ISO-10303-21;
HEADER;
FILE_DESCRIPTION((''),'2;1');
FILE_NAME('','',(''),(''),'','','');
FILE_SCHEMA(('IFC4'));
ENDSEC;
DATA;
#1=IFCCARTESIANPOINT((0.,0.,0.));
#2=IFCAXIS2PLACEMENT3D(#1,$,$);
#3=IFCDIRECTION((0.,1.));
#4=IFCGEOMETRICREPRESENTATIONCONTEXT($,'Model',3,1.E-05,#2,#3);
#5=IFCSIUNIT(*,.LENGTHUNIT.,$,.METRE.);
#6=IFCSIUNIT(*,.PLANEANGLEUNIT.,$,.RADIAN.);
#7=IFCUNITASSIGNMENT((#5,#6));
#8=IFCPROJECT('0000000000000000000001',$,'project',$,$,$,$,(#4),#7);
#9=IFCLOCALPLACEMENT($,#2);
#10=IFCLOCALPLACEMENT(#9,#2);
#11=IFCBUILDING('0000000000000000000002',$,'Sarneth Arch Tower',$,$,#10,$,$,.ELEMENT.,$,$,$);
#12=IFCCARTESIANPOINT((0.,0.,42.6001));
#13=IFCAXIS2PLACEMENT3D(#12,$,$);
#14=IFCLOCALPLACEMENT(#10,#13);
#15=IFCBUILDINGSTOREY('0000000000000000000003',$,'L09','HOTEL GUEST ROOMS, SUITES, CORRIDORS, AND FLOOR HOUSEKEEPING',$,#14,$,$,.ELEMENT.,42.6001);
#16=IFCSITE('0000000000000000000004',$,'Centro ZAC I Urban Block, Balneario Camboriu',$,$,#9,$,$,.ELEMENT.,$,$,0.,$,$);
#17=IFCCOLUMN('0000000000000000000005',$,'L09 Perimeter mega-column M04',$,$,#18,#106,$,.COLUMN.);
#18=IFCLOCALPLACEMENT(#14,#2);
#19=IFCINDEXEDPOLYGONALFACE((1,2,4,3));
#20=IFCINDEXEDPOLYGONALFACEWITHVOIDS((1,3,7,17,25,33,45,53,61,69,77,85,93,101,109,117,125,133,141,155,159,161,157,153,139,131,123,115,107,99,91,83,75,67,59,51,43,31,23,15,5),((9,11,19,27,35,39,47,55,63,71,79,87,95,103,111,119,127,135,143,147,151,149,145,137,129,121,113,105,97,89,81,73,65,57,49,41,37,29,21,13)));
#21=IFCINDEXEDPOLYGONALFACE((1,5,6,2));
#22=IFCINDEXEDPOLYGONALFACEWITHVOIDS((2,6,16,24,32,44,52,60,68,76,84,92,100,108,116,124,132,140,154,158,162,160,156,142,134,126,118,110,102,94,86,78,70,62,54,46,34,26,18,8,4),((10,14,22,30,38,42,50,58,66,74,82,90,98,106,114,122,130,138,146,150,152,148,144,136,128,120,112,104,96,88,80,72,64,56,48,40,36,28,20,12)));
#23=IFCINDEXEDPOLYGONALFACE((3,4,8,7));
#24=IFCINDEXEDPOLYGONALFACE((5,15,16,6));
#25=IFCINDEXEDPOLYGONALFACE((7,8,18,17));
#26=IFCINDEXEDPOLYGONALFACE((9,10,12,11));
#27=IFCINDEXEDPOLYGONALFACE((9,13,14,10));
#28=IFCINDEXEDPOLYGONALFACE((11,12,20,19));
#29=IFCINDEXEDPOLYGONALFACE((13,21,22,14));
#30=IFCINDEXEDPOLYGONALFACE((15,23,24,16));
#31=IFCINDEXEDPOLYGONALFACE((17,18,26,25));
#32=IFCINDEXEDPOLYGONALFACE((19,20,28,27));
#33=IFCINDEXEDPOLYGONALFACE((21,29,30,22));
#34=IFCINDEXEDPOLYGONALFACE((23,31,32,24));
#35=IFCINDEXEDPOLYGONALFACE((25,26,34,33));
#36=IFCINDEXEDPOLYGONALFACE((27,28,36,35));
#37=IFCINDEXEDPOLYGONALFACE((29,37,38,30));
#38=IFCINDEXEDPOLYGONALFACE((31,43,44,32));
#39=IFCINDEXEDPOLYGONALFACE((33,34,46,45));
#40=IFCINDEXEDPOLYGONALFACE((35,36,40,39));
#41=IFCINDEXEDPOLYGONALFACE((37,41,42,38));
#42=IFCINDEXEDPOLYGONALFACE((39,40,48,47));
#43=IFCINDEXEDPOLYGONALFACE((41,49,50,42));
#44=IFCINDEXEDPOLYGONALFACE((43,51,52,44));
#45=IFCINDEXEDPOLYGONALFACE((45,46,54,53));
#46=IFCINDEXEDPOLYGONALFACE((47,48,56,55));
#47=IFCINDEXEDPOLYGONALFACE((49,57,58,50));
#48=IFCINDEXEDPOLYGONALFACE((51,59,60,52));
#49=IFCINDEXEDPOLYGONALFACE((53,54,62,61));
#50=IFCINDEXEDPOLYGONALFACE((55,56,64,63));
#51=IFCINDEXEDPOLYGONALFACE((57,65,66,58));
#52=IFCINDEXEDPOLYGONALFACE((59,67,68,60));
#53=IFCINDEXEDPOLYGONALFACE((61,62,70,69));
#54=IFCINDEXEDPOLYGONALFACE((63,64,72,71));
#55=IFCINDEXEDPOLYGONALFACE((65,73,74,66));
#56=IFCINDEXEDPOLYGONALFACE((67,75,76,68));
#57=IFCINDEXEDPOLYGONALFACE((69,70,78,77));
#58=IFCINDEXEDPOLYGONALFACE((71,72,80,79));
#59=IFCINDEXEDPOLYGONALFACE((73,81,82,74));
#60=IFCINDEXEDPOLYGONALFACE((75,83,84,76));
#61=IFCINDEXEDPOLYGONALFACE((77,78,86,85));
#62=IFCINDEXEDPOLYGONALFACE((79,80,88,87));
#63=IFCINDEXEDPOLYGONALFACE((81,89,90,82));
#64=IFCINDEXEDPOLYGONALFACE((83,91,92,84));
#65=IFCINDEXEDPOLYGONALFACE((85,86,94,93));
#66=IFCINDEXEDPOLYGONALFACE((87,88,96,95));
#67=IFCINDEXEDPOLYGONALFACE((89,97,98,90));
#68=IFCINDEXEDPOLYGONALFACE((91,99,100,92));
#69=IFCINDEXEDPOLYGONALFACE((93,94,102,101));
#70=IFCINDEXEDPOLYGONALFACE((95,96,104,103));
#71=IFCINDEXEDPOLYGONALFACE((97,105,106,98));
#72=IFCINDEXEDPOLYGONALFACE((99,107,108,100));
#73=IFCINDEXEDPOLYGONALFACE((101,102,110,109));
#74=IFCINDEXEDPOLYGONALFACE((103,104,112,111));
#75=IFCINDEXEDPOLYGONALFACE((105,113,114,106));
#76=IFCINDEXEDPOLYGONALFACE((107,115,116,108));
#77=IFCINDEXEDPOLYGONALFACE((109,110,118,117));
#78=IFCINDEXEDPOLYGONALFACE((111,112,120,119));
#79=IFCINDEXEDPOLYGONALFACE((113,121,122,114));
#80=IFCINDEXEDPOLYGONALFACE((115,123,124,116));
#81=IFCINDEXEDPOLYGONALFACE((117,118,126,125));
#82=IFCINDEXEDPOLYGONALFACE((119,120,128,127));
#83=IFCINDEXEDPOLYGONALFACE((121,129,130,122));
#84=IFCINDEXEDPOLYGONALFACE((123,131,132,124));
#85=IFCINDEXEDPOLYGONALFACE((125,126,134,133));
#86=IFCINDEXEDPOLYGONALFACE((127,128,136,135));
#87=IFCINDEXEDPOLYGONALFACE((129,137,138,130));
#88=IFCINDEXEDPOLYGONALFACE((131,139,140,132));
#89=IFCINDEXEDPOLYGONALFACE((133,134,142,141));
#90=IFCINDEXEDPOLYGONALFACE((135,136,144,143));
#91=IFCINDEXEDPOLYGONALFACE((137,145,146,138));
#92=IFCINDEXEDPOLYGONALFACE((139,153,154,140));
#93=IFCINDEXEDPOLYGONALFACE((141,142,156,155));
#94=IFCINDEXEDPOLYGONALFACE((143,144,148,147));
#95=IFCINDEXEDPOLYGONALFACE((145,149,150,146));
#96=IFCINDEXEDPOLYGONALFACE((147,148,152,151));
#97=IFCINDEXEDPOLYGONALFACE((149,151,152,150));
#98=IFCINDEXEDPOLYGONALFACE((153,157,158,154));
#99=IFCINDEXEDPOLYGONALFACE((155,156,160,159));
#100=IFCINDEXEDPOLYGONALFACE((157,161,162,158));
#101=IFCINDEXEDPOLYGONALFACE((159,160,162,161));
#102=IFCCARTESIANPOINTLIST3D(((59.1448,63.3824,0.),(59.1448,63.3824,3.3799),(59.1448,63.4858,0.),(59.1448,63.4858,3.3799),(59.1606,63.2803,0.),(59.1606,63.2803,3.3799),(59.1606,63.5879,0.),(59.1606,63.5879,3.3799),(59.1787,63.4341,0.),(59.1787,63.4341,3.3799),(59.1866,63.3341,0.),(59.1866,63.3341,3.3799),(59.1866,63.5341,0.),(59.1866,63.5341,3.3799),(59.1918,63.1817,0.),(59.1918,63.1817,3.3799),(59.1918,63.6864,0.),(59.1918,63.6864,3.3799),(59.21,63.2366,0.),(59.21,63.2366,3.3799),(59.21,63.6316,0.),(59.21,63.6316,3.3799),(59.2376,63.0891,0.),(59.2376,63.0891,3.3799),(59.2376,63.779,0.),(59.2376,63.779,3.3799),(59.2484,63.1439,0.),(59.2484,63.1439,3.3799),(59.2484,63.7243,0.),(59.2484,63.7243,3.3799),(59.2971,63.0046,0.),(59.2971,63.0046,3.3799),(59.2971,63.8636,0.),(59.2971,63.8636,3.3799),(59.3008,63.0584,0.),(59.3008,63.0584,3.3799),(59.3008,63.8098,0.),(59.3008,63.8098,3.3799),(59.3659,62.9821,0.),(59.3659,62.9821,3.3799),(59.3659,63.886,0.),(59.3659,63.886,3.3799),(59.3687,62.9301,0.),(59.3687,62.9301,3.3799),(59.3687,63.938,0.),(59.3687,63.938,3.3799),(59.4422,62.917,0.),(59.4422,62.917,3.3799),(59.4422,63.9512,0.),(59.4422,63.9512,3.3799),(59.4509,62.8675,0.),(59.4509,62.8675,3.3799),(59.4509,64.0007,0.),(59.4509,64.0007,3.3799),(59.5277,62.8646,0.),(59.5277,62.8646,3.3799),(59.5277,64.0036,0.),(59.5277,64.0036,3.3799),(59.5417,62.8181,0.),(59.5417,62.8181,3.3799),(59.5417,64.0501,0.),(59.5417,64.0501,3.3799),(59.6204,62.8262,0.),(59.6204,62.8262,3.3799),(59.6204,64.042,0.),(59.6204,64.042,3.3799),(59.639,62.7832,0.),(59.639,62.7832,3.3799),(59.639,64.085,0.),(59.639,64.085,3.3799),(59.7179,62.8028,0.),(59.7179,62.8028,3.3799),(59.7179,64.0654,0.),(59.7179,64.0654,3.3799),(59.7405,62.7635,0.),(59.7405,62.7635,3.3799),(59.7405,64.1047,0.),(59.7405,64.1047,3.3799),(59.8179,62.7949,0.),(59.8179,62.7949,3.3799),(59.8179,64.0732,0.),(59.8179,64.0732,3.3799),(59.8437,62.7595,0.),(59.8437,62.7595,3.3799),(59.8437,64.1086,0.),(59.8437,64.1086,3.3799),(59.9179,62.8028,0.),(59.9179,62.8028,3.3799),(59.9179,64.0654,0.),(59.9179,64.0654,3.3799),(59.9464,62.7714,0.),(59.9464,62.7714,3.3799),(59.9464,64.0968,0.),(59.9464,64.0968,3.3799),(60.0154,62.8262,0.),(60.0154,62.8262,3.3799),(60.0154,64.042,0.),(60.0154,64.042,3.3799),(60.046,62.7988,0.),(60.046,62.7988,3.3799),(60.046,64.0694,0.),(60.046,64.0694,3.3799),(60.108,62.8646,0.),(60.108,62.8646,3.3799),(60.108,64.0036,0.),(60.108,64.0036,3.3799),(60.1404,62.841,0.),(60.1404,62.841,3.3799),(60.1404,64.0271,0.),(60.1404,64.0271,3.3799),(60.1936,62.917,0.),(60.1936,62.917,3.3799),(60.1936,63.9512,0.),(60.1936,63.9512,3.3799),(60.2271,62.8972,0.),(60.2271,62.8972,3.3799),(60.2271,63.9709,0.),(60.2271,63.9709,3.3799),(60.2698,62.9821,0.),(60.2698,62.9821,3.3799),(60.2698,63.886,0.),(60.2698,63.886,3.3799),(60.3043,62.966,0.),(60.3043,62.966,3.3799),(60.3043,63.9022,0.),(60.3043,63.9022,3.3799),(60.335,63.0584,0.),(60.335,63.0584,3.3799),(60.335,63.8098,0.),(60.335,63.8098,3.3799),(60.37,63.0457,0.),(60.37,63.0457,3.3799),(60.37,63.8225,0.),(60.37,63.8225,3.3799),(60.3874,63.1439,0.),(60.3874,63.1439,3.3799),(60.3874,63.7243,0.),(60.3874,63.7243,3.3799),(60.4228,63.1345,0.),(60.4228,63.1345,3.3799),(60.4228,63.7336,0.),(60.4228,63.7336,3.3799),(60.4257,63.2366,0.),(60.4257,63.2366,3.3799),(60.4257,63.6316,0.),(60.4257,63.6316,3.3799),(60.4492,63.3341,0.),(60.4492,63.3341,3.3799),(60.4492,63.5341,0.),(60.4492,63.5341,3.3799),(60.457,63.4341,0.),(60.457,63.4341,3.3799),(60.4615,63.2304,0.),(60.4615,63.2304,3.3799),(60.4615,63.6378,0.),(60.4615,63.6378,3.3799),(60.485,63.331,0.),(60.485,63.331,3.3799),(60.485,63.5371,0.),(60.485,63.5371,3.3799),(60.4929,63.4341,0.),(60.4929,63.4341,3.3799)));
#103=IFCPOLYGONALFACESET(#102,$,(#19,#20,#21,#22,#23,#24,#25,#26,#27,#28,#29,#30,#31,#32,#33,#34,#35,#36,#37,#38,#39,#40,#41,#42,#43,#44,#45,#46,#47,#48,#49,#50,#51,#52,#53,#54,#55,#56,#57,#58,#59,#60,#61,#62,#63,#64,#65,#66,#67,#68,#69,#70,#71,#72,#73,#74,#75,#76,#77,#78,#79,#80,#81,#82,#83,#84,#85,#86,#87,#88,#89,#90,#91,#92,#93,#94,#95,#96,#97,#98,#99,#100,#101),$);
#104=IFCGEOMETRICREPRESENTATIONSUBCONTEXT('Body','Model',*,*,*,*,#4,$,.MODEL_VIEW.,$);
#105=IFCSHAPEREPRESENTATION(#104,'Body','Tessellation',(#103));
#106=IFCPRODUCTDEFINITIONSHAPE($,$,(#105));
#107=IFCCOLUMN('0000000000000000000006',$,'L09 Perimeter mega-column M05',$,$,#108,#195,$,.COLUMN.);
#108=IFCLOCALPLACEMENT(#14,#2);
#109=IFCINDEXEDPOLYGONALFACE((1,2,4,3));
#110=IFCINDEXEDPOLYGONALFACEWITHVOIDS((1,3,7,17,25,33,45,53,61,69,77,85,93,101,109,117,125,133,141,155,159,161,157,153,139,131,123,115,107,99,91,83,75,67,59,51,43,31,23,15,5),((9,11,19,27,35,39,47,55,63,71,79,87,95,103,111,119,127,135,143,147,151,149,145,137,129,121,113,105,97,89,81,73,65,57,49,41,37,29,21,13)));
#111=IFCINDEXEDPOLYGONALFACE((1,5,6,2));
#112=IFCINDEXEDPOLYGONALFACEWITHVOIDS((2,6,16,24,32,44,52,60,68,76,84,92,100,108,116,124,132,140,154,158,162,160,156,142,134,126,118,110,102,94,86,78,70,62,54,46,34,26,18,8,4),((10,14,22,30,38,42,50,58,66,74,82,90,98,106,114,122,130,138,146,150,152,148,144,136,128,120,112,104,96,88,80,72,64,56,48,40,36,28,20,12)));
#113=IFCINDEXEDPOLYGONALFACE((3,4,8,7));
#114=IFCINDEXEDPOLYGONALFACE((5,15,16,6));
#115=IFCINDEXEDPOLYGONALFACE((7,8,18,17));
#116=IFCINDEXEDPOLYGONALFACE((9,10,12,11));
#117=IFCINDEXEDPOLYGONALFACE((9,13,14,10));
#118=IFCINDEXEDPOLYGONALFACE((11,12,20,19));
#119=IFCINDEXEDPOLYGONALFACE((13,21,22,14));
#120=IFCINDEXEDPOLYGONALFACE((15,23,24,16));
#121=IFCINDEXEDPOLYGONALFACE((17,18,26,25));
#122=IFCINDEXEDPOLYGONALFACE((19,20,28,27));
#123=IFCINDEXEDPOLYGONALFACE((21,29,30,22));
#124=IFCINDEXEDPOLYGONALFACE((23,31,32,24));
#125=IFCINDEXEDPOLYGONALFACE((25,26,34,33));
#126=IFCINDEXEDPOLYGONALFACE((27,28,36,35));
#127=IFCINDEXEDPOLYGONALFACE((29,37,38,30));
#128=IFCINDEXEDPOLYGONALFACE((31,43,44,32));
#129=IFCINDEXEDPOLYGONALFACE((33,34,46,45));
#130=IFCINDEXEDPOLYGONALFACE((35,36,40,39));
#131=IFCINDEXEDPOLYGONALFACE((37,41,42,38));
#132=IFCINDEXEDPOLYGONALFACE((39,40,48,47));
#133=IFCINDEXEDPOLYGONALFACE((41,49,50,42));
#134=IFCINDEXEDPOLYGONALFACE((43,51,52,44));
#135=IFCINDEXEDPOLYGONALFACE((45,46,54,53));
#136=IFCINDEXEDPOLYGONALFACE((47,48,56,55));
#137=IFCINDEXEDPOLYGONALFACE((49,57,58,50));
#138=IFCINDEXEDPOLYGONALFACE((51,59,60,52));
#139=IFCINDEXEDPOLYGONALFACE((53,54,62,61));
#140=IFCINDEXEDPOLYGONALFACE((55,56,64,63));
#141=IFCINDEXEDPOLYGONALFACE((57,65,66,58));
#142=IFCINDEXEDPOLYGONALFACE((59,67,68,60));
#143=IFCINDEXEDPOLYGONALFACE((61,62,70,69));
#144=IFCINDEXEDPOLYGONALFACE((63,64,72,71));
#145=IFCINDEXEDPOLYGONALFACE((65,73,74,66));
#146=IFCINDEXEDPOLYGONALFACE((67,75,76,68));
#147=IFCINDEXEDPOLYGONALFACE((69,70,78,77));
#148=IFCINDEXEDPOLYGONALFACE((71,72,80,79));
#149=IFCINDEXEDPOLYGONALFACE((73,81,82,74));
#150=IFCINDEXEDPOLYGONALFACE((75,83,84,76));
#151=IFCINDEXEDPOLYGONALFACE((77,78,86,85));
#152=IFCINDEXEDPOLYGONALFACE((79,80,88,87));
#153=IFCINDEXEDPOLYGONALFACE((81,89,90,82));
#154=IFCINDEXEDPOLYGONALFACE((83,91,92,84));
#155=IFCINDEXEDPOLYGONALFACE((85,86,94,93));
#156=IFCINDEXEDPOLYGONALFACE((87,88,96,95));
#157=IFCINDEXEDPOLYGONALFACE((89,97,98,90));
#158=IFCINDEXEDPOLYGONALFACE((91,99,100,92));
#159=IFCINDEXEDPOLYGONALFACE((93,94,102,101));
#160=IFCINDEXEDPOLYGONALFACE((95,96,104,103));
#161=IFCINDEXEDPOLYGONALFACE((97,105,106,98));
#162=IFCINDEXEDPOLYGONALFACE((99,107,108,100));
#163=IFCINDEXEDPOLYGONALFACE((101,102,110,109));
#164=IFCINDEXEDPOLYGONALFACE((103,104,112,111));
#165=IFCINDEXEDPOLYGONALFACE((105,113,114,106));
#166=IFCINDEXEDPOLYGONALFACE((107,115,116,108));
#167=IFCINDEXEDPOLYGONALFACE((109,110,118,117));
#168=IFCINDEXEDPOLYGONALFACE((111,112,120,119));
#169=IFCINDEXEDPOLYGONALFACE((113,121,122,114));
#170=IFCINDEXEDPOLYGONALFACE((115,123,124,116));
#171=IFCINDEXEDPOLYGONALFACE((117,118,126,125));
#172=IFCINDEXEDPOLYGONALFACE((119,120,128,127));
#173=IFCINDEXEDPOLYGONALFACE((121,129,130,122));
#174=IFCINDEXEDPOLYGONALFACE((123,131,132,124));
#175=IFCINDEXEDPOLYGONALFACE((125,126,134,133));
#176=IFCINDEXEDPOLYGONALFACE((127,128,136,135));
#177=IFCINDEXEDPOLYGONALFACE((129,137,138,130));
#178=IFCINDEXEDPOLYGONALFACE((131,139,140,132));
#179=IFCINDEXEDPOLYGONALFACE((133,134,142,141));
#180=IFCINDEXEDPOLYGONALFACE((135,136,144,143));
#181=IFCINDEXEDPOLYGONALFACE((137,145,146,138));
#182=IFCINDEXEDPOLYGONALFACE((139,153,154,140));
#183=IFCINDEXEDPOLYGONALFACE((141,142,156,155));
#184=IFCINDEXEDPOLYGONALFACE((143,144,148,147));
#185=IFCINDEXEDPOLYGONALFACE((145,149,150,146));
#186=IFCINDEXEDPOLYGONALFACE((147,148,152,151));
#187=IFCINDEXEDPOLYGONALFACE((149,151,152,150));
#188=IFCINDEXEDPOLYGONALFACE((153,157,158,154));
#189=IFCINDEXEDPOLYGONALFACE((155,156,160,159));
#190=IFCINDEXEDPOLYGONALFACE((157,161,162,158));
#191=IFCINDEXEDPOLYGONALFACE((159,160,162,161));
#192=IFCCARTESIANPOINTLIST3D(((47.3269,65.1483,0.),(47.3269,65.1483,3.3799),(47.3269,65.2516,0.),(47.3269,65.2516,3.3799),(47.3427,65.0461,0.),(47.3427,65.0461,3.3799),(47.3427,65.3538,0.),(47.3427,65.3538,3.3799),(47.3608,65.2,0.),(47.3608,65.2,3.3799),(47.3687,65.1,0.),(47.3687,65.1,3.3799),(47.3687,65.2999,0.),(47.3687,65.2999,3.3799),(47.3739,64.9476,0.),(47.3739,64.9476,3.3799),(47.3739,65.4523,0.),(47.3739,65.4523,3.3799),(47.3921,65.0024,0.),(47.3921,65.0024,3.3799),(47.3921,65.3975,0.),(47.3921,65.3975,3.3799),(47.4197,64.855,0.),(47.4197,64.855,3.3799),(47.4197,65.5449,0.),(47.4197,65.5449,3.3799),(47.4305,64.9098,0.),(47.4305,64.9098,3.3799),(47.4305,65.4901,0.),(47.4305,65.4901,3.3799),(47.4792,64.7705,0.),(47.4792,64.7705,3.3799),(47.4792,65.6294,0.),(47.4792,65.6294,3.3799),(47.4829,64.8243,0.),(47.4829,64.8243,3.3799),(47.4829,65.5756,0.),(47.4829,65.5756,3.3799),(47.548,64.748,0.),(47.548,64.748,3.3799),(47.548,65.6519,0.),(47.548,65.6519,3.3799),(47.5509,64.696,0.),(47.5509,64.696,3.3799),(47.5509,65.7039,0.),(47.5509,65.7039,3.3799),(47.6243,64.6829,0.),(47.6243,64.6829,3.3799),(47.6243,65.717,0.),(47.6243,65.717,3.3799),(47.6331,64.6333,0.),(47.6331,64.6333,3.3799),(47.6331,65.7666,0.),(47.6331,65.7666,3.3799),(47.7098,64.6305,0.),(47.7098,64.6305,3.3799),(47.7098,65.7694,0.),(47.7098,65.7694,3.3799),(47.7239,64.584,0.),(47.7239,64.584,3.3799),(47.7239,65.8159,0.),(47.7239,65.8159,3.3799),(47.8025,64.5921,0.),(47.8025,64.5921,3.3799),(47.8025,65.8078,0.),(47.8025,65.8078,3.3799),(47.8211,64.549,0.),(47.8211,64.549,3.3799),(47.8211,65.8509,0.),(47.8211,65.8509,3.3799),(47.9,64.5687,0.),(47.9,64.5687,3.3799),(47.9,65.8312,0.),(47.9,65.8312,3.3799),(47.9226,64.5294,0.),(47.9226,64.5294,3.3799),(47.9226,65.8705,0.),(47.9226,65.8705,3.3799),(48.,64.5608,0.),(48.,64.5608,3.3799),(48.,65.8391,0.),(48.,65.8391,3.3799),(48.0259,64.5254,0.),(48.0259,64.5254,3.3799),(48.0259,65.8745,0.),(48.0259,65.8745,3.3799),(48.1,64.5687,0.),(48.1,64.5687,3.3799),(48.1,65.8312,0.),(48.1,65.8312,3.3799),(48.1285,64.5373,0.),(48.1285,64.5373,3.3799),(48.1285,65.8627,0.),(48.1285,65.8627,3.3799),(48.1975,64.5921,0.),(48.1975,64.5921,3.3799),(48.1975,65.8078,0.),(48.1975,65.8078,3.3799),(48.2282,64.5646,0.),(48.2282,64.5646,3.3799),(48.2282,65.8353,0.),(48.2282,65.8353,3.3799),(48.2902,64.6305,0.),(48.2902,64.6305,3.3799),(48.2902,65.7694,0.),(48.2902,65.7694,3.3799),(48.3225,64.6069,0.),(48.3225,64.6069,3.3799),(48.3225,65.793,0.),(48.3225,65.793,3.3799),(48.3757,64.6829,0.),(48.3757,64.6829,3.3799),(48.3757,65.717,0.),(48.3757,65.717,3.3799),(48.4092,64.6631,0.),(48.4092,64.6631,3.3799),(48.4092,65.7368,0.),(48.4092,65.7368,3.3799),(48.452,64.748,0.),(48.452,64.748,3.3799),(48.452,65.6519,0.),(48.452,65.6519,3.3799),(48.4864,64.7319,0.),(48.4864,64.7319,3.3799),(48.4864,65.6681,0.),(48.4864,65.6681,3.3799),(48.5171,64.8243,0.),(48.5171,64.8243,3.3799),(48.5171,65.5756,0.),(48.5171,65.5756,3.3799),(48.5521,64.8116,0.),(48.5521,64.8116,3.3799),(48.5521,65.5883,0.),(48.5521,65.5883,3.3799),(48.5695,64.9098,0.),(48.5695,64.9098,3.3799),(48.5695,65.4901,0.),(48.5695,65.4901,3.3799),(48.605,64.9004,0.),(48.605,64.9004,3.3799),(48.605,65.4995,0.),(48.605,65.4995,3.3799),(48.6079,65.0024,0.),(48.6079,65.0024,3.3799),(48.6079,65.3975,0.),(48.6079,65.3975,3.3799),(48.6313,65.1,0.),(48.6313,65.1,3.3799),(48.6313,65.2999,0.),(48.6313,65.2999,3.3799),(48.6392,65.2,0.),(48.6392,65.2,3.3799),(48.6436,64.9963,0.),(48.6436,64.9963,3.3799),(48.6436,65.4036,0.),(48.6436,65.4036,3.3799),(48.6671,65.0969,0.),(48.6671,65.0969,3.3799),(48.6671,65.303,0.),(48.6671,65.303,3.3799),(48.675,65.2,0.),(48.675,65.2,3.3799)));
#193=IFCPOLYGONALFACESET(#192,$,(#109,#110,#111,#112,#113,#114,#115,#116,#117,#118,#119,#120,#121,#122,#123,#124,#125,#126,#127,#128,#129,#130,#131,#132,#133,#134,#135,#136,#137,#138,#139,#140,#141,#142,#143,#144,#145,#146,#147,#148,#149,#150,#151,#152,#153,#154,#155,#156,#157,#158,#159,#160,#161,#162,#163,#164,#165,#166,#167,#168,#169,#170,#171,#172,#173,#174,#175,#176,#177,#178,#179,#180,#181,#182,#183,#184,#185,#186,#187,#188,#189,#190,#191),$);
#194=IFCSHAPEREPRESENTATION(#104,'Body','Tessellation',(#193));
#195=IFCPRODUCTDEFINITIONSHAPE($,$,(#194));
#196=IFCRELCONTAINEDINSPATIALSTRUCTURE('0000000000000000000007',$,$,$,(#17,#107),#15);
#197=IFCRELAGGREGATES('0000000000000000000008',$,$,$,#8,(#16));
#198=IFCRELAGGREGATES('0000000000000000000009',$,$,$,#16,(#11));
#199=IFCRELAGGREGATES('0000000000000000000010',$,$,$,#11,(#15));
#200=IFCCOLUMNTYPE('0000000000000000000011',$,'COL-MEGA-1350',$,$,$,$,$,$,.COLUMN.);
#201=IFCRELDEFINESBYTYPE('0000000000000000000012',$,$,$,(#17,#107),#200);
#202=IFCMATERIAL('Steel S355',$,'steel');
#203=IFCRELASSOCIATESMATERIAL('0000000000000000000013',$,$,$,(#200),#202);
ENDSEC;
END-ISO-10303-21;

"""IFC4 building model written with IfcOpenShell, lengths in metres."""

from ifc_helpers import new_model, si_unit, direction, frame, origin, origin_2d, place, context, subcontext, project, spatial, hollow_circle, extrude, material, material_profile, profile_set, type_object, element, save


model = new_model("IFC4")

# Units and contexts
model_context = context("Model", 3, precision=1e-05, world=origin(), true_north=direction((0.0, 1.0)))
body_context = subcontext(model_context, "Body", "Model", "MODEL_VIEW")
ifc_project = project(units=[si_unit("LENGTHUNIT", "METRE"), si_unit("PLANEANGLEUNIT", "RADIAN")], contexts=[model_context])

# Site, building, storey
site_placement = place(None, origin())
site = spatial("IfcSite", under=ifc_project, at=site_placement, Name="Centro ZAC I Urban Block, Balneario Camboriu", CompositionType="ELEMENT", RefElevation=0.0)
building_placement = place(site_placement, origin())
building = spatial("IfcBuilding", under=site, at=building_placement, Name="Sarneth Arch Tower", CompositionType="ELEMENT")
storey_placement = place(building_placement, frame((0.0, 0.0, 42.6001)))
storey = spatial("IfcBuildingStorey", under=building, at=storey_placement, Name="L09", Description="HOTEL GUEST ROOMS, SUITES, CORRIDORS, AND FLOOR HOUSEKEEPING", CompositionType="ELEMENT", Elevation=42.6001)

# Columns
ifc_material_1 = material(Name="Steel S355", Category="steel")
ifc_material_profile_1 = material_profile(ifc_material_1, hollow_circle(Radius=0.675, WallThickness=0.0359, at=origin_2d()), Name="CHS1350x36")
ifc_profile_set_1 = profile_set([ifc_material_profile_1], Name="Steel S355")
column_type = type_object("IfcColumnType", Name="COL-MEGA-1350", PredefinedType="COLUMN", material=ifc_profile_set_1)
for number, where, z_axis, x_axis, name in (
    (1, (59.8179, 63.4341, 0.0), (0.0, 0.0, 1.0), (1.0, 0.0, 0.0), "L09 Perimeter mega-column M04"),
    (2, (48.0, 65.2, 0.0), (0.0, 0.0, 1.0), (1.0, 0.0, 0.0), "L09 Perimeter mega-column M05"),
):
    element("IfcColumn", number, at=place(storey_placement, frame(where, z_axis=z_axis, x_axis=x_axis)), inside=storey, type_object=column_type, Name=name, PredefinedType="COLUMN", context=body_context, shape_type="SweptSolid", body=[
        extrude(hollow_circle(Radius=0.675, WallThickness=0.0359, at=origin_2d()), origin(), (0.0, 0.0, 1.0), 3.3799),
    ])

save(model, "model.ifc")
